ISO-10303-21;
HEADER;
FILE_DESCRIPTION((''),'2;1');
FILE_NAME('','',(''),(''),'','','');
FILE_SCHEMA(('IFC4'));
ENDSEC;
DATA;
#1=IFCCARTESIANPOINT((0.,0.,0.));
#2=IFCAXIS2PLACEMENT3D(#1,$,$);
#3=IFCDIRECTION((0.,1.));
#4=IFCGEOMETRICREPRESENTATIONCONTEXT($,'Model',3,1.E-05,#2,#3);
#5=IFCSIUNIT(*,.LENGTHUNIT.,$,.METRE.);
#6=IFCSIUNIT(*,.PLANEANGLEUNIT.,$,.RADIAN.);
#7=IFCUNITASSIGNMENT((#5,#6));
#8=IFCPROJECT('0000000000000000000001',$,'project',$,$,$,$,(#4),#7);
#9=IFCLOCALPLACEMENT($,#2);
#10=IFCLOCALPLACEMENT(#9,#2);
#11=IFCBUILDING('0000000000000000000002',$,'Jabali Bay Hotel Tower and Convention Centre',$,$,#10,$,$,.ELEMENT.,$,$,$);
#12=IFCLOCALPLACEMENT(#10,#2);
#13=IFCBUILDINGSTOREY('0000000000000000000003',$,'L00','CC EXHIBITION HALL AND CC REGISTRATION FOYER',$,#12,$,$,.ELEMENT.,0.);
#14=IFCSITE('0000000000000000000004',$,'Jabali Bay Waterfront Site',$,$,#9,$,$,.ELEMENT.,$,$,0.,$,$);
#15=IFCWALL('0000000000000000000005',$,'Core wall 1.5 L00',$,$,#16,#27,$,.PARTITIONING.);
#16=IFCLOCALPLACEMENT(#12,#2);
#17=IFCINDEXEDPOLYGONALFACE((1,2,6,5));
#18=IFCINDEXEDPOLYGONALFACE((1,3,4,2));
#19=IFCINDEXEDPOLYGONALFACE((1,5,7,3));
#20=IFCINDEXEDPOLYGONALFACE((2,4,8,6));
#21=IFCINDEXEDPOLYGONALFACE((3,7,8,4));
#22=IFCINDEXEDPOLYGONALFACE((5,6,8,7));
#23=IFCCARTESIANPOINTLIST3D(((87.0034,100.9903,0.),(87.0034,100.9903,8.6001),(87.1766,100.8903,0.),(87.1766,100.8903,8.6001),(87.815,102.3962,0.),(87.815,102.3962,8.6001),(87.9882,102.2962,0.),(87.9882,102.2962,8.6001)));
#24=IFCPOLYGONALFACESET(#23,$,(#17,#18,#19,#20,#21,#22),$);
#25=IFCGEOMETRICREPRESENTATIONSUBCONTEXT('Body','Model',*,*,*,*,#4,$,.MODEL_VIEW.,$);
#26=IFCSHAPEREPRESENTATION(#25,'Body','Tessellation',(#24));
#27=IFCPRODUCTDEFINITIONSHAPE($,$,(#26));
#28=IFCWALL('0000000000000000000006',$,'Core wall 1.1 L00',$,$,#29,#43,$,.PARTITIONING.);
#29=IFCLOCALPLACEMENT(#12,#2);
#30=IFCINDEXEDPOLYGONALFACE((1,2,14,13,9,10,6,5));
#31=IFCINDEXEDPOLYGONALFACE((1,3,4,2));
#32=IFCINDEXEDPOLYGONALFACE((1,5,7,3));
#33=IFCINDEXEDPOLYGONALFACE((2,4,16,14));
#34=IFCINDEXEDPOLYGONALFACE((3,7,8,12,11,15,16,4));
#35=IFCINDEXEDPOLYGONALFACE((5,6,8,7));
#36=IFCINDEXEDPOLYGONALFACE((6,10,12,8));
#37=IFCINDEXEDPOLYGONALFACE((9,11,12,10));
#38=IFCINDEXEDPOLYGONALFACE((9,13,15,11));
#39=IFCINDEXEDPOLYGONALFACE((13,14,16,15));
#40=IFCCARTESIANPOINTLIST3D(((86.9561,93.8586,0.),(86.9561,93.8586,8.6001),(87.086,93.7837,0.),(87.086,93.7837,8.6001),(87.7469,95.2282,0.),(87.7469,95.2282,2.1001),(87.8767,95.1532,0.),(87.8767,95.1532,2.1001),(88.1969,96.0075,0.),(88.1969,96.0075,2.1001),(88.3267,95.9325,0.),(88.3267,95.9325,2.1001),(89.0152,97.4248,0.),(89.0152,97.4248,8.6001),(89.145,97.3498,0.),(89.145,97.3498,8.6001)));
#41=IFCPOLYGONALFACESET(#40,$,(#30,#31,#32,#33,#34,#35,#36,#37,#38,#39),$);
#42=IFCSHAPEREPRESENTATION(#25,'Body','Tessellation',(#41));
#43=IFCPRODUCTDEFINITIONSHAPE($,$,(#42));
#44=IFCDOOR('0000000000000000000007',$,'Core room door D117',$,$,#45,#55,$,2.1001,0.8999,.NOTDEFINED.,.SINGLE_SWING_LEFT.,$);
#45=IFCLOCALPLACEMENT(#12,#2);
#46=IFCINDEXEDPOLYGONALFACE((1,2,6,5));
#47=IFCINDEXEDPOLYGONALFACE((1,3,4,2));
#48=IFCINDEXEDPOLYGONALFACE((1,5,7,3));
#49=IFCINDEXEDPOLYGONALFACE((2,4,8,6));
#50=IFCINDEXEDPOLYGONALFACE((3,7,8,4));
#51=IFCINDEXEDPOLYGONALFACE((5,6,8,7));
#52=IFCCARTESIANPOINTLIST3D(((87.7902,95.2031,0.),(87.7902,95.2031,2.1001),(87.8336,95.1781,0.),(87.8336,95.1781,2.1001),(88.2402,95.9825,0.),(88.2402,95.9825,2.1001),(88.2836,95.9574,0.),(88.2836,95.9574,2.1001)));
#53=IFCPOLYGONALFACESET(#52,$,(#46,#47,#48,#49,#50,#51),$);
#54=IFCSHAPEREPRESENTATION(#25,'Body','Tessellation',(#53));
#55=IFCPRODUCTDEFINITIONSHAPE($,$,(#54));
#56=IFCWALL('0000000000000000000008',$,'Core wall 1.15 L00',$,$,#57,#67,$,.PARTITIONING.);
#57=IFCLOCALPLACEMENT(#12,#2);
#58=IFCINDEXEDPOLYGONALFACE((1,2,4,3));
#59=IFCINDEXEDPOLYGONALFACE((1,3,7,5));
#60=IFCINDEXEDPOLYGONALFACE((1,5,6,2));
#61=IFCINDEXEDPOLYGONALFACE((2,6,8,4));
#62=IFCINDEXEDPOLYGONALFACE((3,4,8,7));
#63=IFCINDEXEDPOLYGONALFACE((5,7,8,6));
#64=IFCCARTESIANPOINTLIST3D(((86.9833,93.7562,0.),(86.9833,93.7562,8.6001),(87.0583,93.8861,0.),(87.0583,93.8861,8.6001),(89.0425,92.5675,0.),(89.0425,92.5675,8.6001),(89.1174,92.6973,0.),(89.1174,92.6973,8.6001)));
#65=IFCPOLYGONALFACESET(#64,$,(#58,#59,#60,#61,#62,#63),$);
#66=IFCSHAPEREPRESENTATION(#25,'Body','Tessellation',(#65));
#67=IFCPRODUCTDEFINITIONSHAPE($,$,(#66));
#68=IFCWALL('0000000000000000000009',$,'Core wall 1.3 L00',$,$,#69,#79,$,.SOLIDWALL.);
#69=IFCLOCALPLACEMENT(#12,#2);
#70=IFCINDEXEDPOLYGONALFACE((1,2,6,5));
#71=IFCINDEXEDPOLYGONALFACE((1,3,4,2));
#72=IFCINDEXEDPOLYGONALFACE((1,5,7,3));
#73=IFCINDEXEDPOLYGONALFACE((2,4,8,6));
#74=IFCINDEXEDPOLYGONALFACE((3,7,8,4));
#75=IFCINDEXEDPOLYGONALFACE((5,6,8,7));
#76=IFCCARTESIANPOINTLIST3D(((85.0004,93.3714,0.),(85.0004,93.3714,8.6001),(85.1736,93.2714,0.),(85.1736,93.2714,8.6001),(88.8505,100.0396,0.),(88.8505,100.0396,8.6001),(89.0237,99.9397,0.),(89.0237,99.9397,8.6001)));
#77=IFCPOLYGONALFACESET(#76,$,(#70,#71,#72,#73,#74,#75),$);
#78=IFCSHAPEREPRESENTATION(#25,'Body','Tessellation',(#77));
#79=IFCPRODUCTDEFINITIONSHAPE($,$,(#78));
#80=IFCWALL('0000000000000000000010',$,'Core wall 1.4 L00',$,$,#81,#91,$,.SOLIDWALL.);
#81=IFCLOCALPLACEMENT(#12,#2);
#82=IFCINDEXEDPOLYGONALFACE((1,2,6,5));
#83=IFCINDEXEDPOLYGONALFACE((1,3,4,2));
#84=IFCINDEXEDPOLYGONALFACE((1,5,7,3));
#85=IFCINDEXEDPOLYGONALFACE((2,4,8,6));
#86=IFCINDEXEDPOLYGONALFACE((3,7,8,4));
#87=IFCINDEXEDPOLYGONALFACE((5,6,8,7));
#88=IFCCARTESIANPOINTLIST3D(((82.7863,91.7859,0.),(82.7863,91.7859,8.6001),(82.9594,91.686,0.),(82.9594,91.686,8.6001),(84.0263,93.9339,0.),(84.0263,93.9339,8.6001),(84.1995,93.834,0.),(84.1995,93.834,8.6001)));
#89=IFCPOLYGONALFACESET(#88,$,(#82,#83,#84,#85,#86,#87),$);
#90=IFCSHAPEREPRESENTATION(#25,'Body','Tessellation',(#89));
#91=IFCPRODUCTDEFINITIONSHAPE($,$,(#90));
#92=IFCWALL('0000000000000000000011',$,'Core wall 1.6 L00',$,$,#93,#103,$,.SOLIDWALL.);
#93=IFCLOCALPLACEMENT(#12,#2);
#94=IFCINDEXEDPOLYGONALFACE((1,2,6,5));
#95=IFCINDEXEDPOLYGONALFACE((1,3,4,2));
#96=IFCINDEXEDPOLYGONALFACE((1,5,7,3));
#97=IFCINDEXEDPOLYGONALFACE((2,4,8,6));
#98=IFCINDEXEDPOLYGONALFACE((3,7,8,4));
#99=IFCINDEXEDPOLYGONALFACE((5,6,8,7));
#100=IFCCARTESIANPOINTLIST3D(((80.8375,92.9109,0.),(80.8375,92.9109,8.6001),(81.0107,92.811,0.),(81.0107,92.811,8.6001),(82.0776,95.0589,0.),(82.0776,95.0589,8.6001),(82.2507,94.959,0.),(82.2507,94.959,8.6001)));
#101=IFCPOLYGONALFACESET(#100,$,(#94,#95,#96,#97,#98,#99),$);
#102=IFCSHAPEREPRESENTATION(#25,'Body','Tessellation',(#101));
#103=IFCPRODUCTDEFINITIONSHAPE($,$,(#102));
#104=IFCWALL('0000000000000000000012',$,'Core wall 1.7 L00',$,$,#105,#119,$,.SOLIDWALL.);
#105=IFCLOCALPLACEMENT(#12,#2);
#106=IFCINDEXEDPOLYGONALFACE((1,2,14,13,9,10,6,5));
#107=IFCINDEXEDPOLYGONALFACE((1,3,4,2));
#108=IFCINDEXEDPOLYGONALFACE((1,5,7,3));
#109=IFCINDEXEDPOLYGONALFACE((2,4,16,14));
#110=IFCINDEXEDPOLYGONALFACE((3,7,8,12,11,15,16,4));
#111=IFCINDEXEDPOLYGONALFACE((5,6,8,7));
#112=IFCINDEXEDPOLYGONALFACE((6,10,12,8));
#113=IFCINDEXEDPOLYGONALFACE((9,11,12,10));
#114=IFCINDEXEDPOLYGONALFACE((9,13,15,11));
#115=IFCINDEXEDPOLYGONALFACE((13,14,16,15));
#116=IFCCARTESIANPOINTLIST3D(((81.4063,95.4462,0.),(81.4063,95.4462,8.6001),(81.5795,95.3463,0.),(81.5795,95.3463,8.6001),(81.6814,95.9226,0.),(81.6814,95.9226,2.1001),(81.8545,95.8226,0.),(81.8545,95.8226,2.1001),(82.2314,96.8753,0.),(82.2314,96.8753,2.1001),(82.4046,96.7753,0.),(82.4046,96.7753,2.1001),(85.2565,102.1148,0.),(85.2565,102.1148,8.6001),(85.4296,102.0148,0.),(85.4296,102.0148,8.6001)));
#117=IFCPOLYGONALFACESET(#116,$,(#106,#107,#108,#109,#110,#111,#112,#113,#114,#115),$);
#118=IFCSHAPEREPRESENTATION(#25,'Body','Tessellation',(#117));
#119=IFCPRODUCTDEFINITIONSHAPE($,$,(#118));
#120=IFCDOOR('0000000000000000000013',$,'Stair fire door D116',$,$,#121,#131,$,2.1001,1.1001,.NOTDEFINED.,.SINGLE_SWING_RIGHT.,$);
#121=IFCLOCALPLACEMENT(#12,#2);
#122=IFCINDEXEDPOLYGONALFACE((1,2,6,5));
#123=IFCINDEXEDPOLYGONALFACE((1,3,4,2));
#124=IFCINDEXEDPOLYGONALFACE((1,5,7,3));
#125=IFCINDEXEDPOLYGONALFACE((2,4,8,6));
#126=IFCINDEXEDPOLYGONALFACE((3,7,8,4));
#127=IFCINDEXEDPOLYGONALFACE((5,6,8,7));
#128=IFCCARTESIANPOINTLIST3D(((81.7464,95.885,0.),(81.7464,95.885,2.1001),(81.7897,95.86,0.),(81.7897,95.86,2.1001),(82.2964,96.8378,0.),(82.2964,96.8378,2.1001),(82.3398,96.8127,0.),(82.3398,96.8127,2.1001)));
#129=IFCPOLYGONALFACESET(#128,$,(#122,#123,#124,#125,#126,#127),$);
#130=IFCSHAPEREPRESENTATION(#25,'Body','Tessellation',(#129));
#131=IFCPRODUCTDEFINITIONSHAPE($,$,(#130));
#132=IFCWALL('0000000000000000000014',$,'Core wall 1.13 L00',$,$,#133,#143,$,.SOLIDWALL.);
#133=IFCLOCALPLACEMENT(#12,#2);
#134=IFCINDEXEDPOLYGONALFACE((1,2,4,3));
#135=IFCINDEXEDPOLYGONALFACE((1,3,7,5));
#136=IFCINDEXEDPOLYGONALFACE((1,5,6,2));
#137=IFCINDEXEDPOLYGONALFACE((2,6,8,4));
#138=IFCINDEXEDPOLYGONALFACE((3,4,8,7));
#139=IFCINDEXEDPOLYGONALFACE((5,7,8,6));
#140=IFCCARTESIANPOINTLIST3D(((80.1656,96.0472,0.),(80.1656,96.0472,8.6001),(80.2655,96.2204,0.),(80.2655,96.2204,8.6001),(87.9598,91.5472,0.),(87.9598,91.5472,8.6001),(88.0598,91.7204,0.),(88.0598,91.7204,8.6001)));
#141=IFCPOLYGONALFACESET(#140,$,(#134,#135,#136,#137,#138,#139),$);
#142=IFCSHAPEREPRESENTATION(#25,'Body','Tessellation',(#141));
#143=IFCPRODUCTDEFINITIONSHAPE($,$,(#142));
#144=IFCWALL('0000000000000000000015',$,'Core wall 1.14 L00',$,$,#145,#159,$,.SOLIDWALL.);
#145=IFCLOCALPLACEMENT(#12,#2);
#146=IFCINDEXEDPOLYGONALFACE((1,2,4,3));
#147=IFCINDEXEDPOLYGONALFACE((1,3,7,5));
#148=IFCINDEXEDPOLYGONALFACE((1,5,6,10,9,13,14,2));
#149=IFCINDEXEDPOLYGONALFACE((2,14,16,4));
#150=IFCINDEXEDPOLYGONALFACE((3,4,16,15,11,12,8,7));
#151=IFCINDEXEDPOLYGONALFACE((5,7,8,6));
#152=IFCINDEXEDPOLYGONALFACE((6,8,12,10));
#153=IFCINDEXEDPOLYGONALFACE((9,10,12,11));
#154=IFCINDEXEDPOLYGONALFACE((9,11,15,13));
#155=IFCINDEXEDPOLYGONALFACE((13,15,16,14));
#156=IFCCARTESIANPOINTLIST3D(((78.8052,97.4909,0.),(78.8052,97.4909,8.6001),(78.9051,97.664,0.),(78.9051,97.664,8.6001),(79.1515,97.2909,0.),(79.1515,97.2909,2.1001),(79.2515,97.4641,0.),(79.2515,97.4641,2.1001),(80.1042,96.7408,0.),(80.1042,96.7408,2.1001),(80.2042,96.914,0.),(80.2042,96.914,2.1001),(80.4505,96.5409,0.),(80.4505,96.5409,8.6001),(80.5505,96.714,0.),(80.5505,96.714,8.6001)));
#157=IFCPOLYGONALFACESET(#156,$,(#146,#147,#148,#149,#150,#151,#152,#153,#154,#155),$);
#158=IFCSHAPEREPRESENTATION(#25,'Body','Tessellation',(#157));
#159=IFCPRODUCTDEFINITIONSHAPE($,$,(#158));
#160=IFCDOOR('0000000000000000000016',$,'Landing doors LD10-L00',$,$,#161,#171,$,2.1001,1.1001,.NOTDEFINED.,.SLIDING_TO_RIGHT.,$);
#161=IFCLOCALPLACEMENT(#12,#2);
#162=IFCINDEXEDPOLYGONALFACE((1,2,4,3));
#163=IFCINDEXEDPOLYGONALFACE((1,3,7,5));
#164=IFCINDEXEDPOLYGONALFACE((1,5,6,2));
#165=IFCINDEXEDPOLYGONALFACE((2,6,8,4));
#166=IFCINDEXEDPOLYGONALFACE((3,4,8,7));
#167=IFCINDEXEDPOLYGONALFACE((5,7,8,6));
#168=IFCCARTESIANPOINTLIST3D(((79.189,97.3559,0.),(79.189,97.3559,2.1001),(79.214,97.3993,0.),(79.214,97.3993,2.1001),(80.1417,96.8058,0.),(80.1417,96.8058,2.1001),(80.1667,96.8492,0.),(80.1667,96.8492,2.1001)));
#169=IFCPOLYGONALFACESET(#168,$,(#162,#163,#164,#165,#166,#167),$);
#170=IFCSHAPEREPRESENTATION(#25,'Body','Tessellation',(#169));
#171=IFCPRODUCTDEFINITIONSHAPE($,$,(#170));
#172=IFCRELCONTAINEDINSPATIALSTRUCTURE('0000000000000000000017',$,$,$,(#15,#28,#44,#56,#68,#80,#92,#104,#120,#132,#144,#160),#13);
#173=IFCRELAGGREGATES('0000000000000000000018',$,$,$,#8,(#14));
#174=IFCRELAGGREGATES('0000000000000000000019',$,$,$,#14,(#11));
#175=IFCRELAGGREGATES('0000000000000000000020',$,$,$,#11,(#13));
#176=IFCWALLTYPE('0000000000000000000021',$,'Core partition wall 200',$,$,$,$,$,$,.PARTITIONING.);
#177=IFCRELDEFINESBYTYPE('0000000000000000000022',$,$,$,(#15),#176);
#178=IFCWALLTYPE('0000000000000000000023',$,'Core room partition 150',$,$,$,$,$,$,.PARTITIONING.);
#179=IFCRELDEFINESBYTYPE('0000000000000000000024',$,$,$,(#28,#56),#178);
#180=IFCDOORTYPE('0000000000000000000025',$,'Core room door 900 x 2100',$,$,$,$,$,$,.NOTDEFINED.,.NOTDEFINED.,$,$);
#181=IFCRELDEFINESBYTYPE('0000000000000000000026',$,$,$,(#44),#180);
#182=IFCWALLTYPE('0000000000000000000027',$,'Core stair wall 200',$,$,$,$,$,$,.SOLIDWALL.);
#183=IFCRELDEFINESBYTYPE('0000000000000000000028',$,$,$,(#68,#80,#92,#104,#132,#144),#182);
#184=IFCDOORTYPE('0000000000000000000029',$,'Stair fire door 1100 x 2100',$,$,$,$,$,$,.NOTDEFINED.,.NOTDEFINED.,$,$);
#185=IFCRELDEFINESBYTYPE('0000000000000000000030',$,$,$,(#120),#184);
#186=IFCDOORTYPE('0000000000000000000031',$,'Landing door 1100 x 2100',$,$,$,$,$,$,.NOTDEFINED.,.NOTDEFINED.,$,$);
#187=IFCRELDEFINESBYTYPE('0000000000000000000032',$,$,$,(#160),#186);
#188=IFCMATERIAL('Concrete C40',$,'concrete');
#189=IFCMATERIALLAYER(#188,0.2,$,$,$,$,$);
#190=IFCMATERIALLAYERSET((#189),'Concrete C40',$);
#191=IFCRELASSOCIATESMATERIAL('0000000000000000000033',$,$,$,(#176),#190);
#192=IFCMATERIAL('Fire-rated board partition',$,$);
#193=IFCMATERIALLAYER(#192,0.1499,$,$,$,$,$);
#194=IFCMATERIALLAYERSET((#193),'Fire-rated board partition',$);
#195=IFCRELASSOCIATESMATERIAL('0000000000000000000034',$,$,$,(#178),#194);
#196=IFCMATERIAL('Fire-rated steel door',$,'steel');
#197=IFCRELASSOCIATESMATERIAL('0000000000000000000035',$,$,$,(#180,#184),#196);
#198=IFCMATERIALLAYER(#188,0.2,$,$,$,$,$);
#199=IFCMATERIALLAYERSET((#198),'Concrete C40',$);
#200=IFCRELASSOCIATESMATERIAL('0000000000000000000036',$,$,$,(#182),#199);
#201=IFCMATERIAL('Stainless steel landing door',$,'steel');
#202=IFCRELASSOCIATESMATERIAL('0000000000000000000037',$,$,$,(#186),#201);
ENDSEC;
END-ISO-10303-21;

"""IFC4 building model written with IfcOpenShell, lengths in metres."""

from ifc_helpers import new_model, si_unit, direction, frame, frame_2d, origin, place, context, subcontext, project, spatial, rectangle, extrude, material, layer, layer_set, type_object, element, fill, save


model = new_model("IFC4")

# Units and contexts
model_context = context("Model", 3, precision=1e-05, world=origin(), true_north=direction((0.0, 1.0)))
body_context = subcontext(model_context, "Body", "Model", "MODEL_VIEW")
ifc_project = project(units=[si_unit("LENGTHUNIT", "METRE"), si_unit("PLANEANGLEUNIT", "RADIAN")], contexts=[model_context])

# Site, building, storey
site_placement = place(None, origin())
site = spatial("IfcSite", under=ifc_project, at=site_placement, Name="Jabali Bay Waterfront Site", CompositionType="ELEMENT", RefElevation=0.0)
building_placement = place(site_placement, origin())
building = spatial("IfcBuilding", under=site, at=building_placement, Name="Jabali Bay Hotel Tower and Convention Centre", CompositionType="ELEMENT")
storey_placement = place(building_placement, origin())
storey = spatial("IfcBuildingStorey", under=building, at=storey_placement, Name="L00", Description="CC EXHIBITION HALL AND CC REGISTRATION FOYER", CompositionType="ELEMENT", Elevation=0.0)

# Wall
ifc_material_1 = material(Name="Concrete C40", Category="concrete")
ifc_layer_1 = layer(ifc_material_1, 0.2)
ifc_layer_set_1 = layer_set([ifc_layer_1], Name="Concrete C40")
wall_type_1 = type_object("IfcWallType", Name="Core partition wall 200", PredefinedType="PARTITIONING", material=ifc_layer_set_1)
wall_1_placement = place(storey_placement, frame((87.0901, 100.9404, 0.0), z_axis=(0.0, 0.0, 1.0), x_axis=(0.499957, 0.86605, 0.0)))
element("IfcWall", 1, at=wall_1_placement, inside=storey, type_object=wall_type_1, Name="Core wall 1.5 L00", PredefinedType="PARTITIONING", context=body_context, shape_type="SweptSolid", body=[
    extrude(rectangle(XDim=1.6233, YDim=0.2, at=frame_2d((0.8115, 0.0))), origin(), (0.0, 0.0, 1.0), 8.6001),
])

# Wall, opening, door
ifc_material_2 = material(Name="Fire-rated board partition")
ifc_layer_2 = layer(ifc_material_2, 0.1499)
ifc_layer_set_2 = layer_set([ifc_layer_2], Name="Fire-rated board partition")
wall_type_2 = type_object("IfcWallType", Name="Core room partition 150", PredefinedType="PARTITIONING", material=ifc_layer_set_2)
wall_2_placement = place(storey_placement, frame((87.021, 93.821, 0.0), z_axis=(0.0, 0.0, 1.0), x_axis=(0.500029, 0.866009, 0.0)))
wall_2 = element("IfcWall", 2, at=wall_2_placement, inside=storey, type_object=wall_type_2, Name="Core wall 1.1 L00", PredefinedType="PARTITIONING", context=body_context, shape_type="SweptSolid", body=[
    extrude(rectangle(XDim=4.1179, YDim=0.1499, at=frame_2d((2.0591, 0.0))), origin(), (0.0, 0.0, 1.0), 8.6001),
])
opening_1_placement = place(wall_2_placement, frame((1.5815, 0.0, 0.0)))
opening_1 = element("IfcOpeningElement", 3, at=opening_1_placement, cuts=wall_2, PredefinedType="OPENING", context=body_context, shape_type="SweptSolid", body=[
    extrude(rectangle(XDim=0.8999, YDim=2.1001, at=frame_2d((0.45, 1.05))), frame((0.0, 0.0854, 0.0), z_axis=(0.0, -1.0, 0.0), x_axis=(1.0, 0.0, 0.0)), (0.0, 0.0, 1.0), 0.1709),
])
ifc_material_3 = material(Name="Fire-rated steel door", Category="steel")
door_type_1 = type_object("IfcDoorType", Name="Core room door 900 x 2100", OperationType="NOTDEFINED", PredefinedType="NOTDEFINED", material=ifc_material_3)
door_1_placement = place(opening_1_placement, origin())
door_1 = element("IfcDoor", 4, at=door_1_placement, inside=storey, type_object=door_type_1, Name="Core room door D117", OperationType="SINGLE_SWING_LEFT", OverallHeight=2.1001, OverallWidth=0.8999, PredefinedType="NOTDEFINED", context=body_context, shape_type="SweptSolid", body=[
    extrude(rectangle(XDim=0.8999, YDim=2.1001, at=frame_2d((0.45, 1.05))), frame((0.0, 0.0249, 0.0), z_axis=(0.0, -1.0, 0.0), x_axis=(1.0, 0.0, 0.0)), (0.0, 0.0, 1.0), 0.05),
])
fill(opening_1, door_1)

# Walls
wall_3_placement = place(storey_placement, frame((89.0801, 92.6323, 0.0), z_axis=(0.0, 0.0, 1.0), x_axis=(-0.866042, 0.499971, 0.0)))
element("IfcWall", 5, at=wall_3_placement, inside=storey, type_object=wall_type_2, Name="Core wall 1.15 L00", PredefinedType="PARTITIONING", context=body_context, shape_type="SweptSolid", body=[
    extrude(rectangle(XDim=2.3777, YDim=0.1499, at=frame_2d((1.189, 0.0))), origin(), (0.0, 0.0, 1.0), 8.6001),
])
ifc_layer_3 = layer(ifc_material_1, 0.2)
ifc_layer_set_3 = layer_set([ifc_layer_3], Name="Concrete C40")
wall_type_3 = type_object("IfcWallType", Name="Core stair wall 200", PredefinedType="SOLIDWALL", material=ifc_layer_set_3)
wall_4_placement = place(storey_placement, frame((85.0869, 93.3213, 0.0), z_axis=(0.0, 0.0, 1.0), x_axis=(0.50002, 0.866014, 0.0)))
element("IfcWall", 6, at=wall_4_placement, inside=storey, type_object=wall_type_3, Name="Core wall 1.3 L00", PredefinedType="SOLIDWALL", context=body_context, shape_type="SweptSolid", body=[
    extrude(rectangle(XDim=7.7, YDim=0.2, at=frame_2d((3.8501, 0.0))), origin(), (0.0, 0.0, 1.0), 8.6001),
])
for number, where, z_axis, x_axis, name in (
    (7, (82.8728, 91.7358, 0.0), (0.0, 0.0, 1.0), (0.499961, 0.866048, 0.0), "Core wall 1.4 L00"),
    (8, (80.9241, 92.8608, 0.0), (0.0, 0.0, 1.0), (0.499961, 0.866048, 0.0), "Core wall 1.6 L00"),
):
    element("IfcWall", number, at=place(storey_placement, frame(where, z_axis=z_axis, x_axis=x_axis)), inside=storey, type_object=wall_type_3, Name=name, PredefinedType="SOLIDWALL", context=body_context, shape_type="SweptSolid", body=[
        extrude(rectangle(XDim=2.4802, YDim=0.2, at=frame_2d((1.2402, 0.0))), origin(), (0.0, 0.0, 1.0), 8.6001),
    ])

# Wall, opening, door
wall_5_placement = place(storey_placement, frame((81.4929, 95.3962, 0.0), z_axis=(0.0, 0.0, 1.0), x_axis=(0.500006, 0.866022, 0.0)))
wall_5 = element("IfcWall", 9, at=wall_5_placement, inside=storey, type_object=wall_type_3, Name="Core wall 1.7 L00", PredefinedType="SOLIDWALL", context=body_context, shape_type="SweptSolid", body=[
    extrude(rectangle(XDim=7.7002, YDim=0.2, at=frame_2d((3.8501, 0.0))), origin(), (0.0, 0.0, 1.0), 8.6001),
])
opening_2_placement = place(wall_5_placement, frame((0.55, 0.0, 0.0)))
opening_2 = element("IfcOpeningElement", 10, at=opening_2_placement, cuts=wall_5, PredefinedType="OPENING", context=body_context, shape_type="SweptSolid", body=[
    extrude(rectangle(XDim=1.1001, YDim=2.1001, at=frame_2d((0.55, 1.05))), frame((0.0, 0.1104, 0.0), z_axis=(0.0, -1.0, 0.0), x_axis=(1.0, 0.0, 0.0)), (0.0, 0.0, 1.0), 0.2209),
])
door_type_2 = type_object("IfcDoorType", Name="Stair fire door 1100 x 2100", OperationType="NOTDEFINED", PredefinedType="NOTDEFINED", material=ifc_material_3)
door_2_placement = place(opening_2_placement, origin())
door_2 = element("IfcDoor", 11, at=door_2_placement, inside=storey, type_object=door_type_2, Name="Stair fire door D116", OperationType="SINGLE_SWING_RIGHT", OverallHeight=2.1001, OverallWidth=1.1001, PredefinedType="NOTDEFINED", context=body_context, shape_type="SweptSolid", body=[
    extrude(rectangle(XDim=1.1001, YDim=2.1001, at=frame_2d((0.55, 1.05))), frame((0.0, 0.0249, 0.0), z_axis=(0.0, -1.0, 0.0), x_axis=(1.0, 0.0, 0.0)), (0.0, 0.0, 1.0), 0.05),
])
fill(opening_2, door_2)

# Wall
wall_6_placement = place(storey_placement, frame((88.0098, 91.6338, 0.0), z_axis=(0.0, 0.0, 1.0), x_axis=(-0.866024, 0.500002, 0.0)))
element("IfcWall", 12, at=wall_6_placement, inside=storey, type_object=wall_type_3, Name="Core wall 1.13 L00", PredefinedType="SOLIDWALL", context=body_context, shape_type="SweptSolid", body=[
    extrude(rectangle(XDim=9.0, YDim=0.2, at=frame_2d((4.5, 0.0))), origin(), (0.0, 0.0, 1.0), 8.6001),
])

# Wall, opening, door
wall_7_placement = place(storey_placement, frame((80.5005, 96.6274, 0.0), z_axis=(0.0, 0.0, 1.0), x_axis=(-0.866012, 0.500023, 0.0)))
wall_7 = element("IfcWall", 13, at=wall_7_placement, inside=storey, type_object=wall_type_3, Name="Core wall 1.14 L00", PredefinedType="SOLIDWALL", context=body_context, shape_type="SweptSolid", body=[
    extrude(rectangle(XDim=1.8999, YDim=0.2, at=frame_2d((0.95, 0.0))), origin(), (0.0, 0.0, 1.0), 8.6001),
])
opening_3_placement = place(wall_7_placement, frame((0.3999, 0.0, 0.0)))
opening_3 = element("IfcOpeningElement", 14, at=opening_3_placement, cuts=wall_7, PredefinedType="OPENING", context=body_context, shape_type="SweptSolid", body=[
    extrude(rectangle(XDim=1.1001, YDim=2.1001, at=frame_2d((0.55, 1.05))), frame((0.0, 0.1104, 0.0), z_axis=(0.0, -1.0, 0.0), x_axis=(1.0, 0.0, 0.0)), (0.0, 0.0, 1.0), 0.2209),
])
ifc_material_4 = material(Name="Stainless steel landing door", Category="steel")
door_type_3 = type_object("IfcDoorType", Name="Landing door 1100 x 2100", OperationType="NOTDEFINED", PredefinedType="NOTDEFINED", material=ifc_material_4)
door_3_placement = place(opening_3_placement, origin())
door_3 = element("IfcDoor", 15, at=door_3_placement, inside=storey, type_object=door_type_3, Name="Landing doors LD10-L00", OperationType="SLIDING_TO_RIGHT", OverallHeight=2.1001, OverallWidth=1.1001, PredefinedType="NOTDEFINED", context=body_context, shape_type="SweptSolid", body=[
    extrude(rectangle(XDim=1.1001, YDim=2.1001, at=frame_2d((0.55, 1.05))), frame((0.0, 0.0249, 0.0), z_axis=(0.0, -1.0, 0.0), x_axis=(1.0, 0.0, 0.0)), (0.0, 0.0, 1.0), 0.05),
])
fill(opening_3, door_3)

save(model, "model.ifc")
